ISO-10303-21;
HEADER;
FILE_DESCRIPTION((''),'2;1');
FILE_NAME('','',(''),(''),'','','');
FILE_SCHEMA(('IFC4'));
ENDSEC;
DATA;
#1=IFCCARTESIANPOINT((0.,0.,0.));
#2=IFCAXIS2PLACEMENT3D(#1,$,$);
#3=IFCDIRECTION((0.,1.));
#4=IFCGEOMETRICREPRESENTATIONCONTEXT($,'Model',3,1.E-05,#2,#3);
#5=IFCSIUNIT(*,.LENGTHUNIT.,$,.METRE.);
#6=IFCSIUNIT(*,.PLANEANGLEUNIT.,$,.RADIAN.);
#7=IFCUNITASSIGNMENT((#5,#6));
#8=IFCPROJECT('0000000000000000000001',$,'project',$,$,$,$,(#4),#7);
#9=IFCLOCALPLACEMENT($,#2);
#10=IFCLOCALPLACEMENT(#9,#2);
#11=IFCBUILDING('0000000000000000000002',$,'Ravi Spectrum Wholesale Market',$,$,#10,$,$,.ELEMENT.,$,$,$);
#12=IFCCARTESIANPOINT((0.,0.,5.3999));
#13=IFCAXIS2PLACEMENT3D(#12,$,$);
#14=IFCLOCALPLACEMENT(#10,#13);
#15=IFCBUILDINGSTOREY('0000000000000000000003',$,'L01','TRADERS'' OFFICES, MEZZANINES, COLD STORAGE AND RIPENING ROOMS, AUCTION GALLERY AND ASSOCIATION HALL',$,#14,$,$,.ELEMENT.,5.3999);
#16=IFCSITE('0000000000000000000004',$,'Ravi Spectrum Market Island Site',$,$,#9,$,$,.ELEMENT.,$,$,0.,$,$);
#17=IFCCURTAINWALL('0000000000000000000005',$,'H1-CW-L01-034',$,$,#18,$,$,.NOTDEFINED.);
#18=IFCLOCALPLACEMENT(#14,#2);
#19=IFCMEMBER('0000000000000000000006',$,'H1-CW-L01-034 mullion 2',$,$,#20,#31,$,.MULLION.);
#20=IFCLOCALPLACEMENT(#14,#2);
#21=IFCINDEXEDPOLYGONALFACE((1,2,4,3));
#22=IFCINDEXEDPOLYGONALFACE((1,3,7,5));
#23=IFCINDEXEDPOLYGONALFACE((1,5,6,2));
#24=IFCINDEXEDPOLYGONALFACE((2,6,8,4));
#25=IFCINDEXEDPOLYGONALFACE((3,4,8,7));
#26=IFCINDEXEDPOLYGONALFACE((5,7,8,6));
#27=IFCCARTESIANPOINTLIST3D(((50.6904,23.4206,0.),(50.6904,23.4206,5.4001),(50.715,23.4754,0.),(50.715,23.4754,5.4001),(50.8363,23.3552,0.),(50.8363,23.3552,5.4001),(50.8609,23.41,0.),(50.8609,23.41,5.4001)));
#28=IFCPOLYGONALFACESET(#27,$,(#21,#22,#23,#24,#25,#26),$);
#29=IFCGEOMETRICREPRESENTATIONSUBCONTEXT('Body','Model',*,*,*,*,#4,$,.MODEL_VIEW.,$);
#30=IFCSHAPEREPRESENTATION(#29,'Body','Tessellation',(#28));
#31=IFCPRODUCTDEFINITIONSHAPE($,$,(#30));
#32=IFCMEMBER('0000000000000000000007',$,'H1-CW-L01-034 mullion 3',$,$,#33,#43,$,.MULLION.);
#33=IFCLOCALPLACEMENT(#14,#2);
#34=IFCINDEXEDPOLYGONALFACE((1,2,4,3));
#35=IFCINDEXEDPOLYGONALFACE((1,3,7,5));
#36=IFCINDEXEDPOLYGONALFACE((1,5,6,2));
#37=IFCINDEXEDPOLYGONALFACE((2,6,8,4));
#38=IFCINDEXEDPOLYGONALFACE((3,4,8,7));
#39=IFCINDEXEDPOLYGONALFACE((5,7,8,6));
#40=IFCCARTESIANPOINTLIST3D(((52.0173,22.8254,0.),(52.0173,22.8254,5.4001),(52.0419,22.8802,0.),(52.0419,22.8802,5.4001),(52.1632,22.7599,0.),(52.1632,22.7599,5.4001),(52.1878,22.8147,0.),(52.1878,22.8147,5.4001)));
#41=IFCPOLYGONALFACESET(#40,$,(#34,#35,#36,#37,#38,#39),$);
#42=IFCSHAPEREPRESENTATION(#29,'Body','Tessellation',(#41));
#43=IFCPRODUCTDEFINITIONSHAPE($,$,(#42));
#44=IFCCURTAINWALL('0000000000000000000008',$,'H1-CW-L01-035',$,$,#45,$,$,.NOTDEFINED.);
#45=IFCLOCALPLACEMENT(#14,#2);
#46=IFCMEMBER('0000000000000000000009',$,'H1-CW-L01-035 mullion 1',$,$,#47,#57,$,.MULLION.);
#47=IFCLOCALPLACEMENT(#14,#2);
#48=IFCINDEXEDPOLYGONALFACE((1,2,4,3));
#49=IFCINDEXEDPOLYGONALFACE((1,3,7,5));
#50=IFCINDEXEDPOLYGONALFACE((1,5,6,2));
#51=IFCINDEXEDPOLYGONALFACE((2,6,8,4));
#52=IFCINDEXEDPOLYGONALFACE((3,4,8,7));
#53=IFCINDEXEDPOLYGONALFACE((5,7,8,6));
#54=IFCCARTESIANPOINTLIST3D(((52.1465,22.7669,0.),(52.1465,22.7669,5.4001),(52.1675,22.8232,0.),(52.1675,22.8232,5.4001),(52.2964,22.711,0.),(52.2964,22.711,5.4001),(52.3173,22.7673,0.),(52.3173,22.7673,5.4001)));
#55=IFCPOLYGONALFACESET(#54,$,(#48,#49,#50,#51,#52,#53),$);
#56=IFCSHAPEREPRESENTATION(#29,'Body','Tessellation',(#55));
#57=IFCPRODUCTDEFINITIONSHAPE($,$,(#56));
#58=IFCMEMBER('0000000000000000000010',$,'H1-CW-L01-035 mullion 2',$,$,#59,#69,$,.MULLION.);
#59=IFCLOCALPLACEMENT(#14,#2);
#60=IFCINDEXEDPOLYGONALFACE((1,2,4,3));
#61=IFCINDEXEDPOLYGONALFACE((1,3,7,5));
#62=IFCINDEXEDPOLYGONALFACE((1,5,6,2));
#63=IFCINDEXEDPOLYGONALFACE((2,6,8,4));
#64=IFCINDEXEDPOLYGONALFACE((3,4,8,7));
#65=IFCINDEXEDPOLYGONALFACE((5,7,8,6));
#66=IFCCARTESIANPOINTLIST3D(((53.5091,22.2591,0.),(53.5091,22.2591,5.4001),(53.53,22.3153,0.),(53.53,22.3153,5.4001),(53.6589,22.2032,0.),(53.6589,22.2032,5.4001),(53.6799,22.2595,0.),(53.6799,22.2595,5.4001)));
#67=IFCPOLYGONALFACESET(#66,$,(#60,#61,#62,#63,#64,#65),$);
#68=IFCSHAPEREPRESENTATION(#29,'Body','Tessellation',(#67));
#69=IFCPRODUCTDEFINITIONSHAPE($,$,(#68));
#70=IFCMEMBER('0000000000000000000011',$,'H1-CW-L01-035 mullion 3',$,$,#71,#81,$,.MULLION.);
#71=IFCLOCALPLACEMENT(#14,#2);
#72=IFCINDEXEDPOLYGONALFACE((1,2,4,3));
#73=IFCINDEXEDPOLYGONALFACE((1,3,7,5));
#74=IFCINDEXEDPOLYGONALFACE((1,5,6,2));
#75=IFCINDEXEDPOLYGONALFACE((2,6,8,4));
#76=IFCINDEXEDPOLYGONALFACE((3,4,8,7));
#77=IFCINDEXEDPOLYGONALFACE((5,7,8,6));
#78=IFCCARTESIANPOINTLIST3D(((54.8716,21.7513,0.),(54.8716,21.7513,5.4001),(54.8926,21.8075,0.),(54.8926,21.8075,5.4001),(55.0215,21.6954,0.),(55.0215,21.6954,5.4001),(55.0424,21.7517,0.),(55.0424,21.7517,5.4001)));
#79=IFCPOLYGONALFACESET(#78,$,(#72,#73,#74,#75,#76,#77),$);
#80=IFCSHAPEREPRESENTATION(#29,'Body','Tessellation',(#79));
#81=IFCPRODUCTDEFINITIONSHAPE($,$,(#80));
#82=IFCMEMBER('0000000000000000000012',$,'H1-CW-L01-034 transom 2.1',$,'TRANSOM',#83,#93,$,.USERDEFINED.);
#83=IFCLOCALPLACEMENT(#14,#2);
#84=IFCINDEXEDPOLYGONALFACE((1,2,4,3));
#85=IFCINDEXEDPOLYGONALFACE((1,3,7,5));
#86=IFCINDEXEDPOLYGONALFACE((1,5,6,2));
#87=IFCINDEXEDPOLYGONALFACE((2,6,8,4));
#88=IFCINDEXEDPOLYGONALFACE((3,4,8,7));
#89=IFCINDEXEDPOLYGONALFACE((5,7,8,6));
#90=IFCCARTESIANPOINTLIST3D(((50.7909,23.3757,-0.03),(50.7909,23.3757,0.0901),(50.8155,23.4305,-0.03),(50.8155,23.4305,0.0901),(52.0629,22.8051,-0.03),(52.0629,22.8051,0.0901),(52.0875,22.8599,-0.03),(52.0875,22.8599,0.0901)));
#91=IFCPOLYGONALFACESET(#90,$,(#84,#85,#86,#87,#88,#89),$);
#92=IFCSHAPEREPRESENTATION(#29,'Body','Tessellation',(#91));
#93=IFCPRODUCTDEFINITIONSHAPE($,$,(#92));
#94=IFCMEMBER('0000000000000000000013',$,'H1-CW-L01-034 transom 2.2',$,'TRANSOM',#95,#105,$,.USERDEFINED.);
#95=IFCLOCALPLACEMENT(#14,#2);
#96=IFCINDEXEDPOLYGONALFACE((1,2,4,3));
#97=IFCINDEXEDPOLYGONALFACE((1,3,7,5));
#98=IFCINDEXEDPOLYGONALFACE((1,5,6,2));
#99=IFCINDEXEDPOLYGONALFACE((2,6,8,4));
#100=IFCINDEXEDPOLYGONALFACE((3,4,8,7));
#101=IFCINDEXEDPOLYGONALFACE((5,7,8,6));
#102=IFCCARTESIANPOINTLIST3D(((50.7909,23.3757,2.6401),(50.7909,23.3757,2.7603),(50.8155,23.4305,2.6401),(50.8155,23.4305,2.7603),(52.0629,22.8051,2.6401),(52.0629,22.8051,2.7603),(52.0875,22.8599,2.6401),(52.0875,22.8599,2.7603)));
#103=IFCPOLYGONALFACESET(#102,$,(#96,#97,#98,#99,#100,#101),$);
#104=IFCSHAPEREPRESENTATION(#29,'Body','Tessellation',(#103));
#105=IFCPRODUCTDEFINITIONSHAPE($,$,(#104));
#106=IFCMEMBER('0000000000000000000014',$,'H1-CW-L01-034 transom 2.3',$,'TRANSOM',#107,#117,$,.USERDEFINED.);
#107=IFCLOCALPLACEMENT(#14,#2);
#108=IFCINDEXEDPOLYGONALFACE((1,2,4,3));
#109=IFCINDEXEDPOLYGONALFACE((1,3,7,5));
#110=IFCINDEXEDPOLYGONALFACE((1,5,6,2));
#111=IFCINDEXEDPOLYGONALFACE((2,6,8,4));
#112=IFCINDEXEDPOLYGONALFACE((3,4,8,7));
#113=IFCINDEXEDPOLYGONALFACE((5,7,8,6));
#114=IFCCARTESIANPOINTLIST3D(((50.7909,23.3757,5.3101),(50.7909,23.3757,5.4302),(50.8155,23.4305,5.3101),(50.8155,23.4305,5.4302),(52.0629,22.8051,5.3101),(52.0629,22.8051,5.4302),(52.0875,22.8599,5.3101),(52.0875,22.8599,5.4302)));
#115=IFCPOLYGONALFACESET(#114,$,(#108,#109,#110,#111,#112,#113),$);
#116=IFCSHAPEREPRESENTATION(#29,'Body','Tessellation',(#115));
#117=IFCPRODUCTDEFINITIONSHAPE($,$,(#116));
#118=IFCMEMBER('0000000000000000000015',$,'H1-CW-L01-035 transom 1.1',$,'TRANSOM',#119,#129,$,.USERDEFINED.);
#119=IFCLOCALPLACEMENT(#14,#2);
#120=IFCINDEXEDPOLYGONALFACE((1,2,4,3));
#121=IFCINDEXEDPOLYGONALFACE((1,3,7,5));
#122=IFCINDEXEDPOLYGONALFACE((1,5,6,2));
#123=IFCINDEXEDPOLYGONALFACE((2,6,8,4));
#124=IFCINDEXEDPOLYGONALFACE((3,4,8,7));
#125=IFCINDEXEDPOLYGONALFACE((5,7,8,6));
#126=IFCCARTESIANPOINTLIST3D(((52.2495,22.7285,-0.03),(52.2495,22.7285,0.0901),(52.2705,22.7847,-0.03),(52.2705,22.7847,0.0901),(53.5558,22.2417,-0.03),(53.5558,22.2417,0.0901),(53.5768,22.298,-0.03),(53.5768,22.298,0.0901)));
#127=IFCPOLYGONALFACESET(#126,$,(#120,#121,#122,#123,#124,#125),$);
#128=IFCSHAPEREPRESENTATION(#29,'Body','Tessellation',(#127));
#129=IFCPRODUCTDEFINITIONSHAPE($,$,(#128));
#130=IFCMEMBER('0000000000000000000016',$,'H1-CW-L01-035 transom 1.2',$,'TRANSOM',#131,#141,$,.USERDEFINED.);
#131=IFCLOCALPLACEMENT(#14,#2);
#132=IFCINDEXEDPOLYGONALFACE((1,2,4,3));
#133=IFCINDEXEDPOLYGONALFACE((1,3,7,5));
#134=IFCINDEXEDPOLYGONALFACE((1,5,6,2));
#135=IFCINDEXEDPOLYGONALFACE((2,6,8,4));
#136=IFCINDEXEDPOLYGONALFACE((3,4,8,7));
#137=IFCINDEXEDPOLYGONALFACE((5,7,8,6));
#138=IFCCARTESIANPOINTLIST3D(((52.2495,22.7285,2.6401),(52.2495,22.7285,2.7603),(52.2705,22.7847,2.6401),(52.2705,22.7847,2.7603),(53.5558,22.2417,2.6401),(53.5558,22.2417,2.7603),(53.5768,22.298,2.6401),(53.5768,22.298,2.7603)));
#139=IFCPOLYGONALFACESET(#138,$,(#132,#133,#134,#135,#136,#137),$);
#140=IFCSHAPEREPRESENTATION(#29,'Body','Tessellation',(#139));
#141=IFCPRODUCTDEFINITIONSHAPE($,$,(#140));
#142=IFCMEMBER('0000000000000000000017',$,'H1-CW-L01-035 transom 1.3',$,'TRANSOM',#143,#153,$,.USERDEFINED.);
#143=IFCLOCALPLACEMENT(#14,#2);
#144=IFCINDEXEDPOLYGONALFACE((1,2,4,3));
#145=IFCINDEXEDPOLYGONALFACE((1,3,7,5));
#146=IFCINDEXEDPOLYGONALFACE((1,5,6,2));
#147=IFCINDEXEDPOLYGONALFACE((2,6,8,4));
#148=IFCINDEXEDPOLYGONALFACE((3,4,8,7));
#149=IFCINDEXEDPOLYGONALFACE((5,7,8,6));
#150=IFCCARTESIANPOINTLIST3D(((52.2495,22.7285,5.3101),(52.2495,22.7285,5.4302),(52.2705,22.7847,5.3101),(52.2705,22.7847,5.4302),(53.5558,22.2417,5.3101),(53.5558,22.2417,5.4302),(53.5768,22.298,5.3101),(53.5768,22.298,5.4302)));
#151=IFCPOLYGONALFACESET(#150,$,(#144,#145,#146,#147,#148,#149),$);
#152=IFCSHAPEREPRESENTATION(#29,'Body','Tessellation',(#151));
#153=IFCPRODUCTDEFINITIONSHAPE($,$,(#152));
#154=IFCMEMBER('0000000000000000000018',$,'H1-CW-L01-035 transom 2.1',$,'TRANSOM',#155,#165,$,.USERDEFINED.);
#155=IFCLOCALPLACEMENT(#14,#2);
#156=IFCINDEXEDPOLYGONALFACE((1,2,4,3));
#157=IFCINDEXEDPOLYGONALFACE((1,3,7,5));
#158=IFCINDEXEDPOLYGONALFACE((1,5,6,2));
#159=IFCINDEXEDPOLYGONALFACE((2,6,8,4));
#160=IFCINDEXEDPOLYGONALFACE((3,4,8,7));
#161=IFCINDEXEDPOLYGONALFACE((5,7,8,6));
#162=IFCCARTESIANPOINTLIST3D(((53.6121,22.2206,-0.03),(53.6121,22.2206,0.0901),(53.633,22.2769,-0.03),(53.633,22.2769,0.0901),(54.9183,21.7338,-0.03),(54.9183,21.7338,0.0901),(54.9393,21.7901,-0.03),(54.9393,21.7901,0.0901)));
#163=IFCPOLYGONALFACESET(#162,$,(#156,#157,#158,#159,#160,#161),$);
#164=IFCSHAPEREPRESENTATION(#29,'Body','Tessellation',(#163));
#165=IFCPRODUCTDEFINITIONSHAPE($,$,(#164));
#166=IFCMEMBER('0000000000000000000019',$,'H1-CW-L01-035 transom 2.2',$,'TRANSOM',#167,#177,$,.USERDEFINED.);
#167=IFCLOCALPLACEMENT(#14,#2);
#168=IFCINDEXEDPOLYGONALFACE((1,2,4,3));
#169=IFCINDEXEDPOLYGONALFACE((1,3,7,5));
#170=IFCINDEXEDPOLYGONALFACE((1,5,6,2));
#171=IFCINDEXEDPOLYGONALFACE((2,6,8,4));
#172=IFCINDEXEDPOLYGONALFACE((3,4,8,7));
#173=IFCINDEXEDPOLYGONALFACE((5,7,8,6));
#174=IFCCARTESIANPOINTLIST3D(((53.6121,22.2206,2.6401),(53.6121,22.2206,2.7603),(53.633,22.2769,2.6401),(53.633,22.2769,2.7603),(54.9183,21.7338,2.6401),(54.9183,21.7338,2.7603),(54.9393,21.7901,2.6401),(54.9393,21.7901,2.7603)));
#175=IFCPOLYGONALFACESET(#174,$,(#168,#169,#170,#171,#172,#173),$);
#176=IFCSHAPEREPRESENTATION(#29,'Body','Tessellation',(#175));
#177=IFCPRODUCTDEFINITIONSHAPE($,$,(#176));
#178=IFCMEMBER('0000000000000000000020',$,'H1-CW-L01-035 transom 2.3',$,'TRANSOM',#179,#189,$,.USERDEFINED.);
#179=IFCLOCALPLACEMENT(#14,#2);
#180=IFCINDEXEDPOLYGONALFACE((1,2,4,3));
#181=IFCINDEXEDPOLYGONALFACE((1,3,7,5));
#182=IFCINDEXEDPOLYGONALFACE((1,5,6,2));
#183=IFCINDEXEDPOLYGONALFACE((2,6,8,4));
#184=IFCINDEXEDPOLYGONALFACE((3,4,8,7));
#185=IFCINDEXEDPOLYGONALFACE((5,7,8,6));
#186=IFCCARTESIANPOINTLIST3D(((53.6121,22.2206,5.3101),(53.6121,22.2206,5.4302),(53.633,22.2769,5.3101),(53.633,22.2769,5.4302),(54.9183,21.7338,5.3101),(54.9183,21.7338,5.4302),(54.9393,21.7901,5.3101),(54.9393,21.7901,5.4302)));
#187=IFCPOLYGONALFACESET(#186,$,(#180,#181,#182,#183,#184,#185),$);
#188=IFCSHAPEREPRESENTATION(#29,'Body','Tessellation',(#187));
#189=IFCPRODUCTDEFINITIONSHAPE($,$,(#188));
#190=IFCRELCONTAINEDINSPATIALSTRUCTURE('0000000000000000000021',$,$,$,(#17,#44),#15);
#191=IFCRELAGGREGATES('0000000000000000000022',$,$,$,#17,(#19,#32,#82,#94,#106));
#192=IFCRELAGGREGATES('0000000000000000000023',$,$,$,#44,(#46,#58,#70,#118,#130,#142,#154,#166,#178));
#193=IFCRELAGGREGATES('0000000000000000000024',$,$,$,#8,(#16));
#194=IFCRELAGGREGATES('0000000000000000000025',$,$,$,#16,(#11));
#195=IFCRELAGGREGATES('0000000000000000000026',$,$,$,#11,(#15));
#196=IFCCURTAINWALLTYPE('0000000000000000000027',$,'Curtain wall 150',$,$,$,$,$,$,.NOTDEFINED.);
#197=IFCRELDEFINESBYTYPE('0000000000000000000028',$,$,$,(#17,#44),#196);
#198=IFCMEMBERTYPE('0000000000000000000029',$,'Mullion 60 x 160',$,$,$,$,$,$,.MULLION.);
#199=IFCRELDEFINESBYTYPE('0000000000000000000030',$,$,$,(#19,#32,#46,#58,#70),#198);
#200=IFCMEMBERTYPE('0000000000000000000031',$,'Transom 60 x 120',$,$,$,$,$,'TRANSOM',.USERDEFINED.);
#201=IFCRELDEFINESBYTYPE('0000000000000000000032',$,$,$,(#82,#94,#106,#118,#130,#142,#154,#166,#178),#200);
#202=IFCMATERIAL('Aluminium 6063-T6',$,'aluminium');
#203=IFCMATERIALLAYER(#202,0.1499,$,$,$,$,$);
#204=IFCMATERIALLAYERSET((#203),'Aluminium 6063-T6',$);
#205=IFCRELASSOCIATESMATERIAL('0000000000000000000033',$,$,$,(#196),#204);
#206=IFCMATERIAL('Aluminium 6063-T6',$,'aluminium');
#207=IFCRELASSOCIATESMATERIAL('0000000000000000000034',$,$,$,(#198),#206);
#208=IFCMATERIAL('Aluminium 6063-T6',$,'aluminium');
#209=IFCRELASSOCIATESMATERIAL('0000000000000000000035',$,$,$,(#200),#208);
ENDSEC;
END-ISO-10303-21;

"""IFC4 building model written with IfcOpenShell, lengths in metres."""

from ifc_helpers import new_model, si_unit, direction, frame, origin, origin_2d, place, context, subcontext, project, spatial, rectangle, extrude, material, layer, layer_set, material_profile, profile_set, type_object, element, aggregate, save


model = new_model("IFC4")

# Units and contexts
model_context = context("Model", 3, precision=1e-05, world=origin(), true_north=direction((0.0, 1.0)))
body_context = subcontext(model_context, "Body", "Model", "MODEL_VIEW")
ifc_project = project(units=[si_unit("LENGTHUNIT", "METRE"), si_unit("PLANEANGLEUNIT", "RADIAN")], contexts=[model_context])

# Site, building, storey
site_placement = place(None, origin())
site = spatial("IfcSite", under=ifc_project, at=site_placement, Name="Ravi Spectrum Market Island Site", CompositionType="ELEMENT", RefElevation=0.0)
building_placement = place(site_placement, origin())
building = spatial("IfcBuilding", under=site, at=building_placement, Name="Ravi Spectrum Wholesale Market", CompositionType="ELEMENT")
storey_placement = place(building_placement, frame((0.0, 0.0, 5.3999)))
storey = spatial("IfcBuildingStorey", under=building, at=storey_placement, Name="L01", Description="TRADERS' OFFICES, MEZZANINES, COLD STORAGE AND RIPENING ROOMS, AUCTION GALLERY AND ASSOCIATION HALL", CompositionType="ELEMENT", Elevation=5.3999)

# Curtain walls, members
ifc_material_1 = material(Name="Aluminium 6063-T6", Category="aluminium")
ifc_layer_1 = layer(ifc_material_1, 0.1499)
ifc_layer_set_1 = layer_set([ifc_layer_1], Name="Aluminium 6063-T6")
curtain_wall_type = type_object("IfcCurtainWallType", Name="Curtain wall 150", PredefinedType="NOTDEFINED", material=ifc_layer_set_1)
curtain_wall_1_placement = place(storey_placement, origin())
curtain_wall_1 = element("IfcCurtainWall", 1, at=curtain_wall_1_placement, inside=storey, type_object=curtain_wall_type, Name="H1-CW-L01-034", PredefinedType="NOTDEFINED")
ifc_material_2 = material(Name="Aluminium 6063-T6", Category="aluminium")
ifc_material_profile_1 = material_profile(ifc_material_2, rectangle(XDim=0.0601, YDim=0.1599, at=origin_2d()))
ifc_profile_set_1 = profile_set([ifc_material_profile_1], Name="Aluminium 6063-T6")
member_type_1 = type_object("IfcMemberType", Name="Mullion 60 x 160", PredefinedType="MULLION", material=ifc_profile_set_1)
member_1_placement = place(storey_placement, frame((50.7756, 23.4153, 0.0), z_axis=(0.0, 0.0, 1.0), x_axis=(0.409242, 0.912426, 0.0)))
member_1 = element("IfcMember", 2, at=member_1_placement, type_object=member_type_1, Name="H1-CW-L01-034 mullion 2", PredefinedType="MULLION", context=body_context, shape_type="SweptSolid", body=[
    extrude(rectangle(XDim=0.0601, YDim=0.1599, at=origin_2d()), origin(), (0.0, 0.0, 1.0), 5.4001),
])
member_2_placement = place(storey_placement, frame((52.1025, 22.8201, 0.0), z_axis=(0.0, 0.0, 1.0), x_axis=(0.409242, 0.912426, 0.0)))
member_2 = element("IfcMember", 3, at=member_2_placement, type_object=member_type_1, Name="H1-CW-L01-034 mullion 3", PredefinedType="MULLION", context=body_context, shape_type="SweptSolid", body=[
    extrude(rectangle(XDim=0.0601, YDim=0.1599, at=origin_2d()), origin(), (0.0, 0.0, 1.0), 5.4001),
])
curtain_wall_2_placement = place(storey_placement, origin())
curtain_wall_2 = element("IfcCurtainWall", 4, at=curtain_wall_2_placement, inside=storey, type_object=curtain_wall_type, Name="H1-CW-L01-035", PredefinedType="NOTDEFINED")
member_3_placement = place(storey_placement, frame((52.2319, 22.7671, 0.0), z_axis=(0.0, 0.0, 1.0), x_axis=(0.349238, 0.937034, 0.0)))
member_3 = element("IfcMember", 5, at=member_3_placement, type_object=member_type_1, Name="H1-CW-L01-035 mullion 1", PredefinedType="MULLION", context=body_context, shape_type="SweptSolid", body=[
    extrude(rectangle(XDim=0.0601, YDim=0.1599, at=origin_2d()), origin(), (0.0, 0.0, 1.0), 5.4001),
])
member_4_placement = place(storey_placement, frame((53.5945, 22.2593, 0.0), z_axis=(0.0, 0.0, 1.0), x_axis=(0.349238, 0.937034, 0.0)))
member_4 = element("IfcMember", 6, at=member_4_placement, type_object=member_type_1, Name="H1-CW-L01-035 mullion 2", PredefinedType="MULLION", context=body_context, shape_type="SweptSolid", body=[
    extrude(rectangle(XDim=0.0601, YDim=0.1599, at=origin_2d()), origin(), (0.0, 0.0, 1.0), 5.4001),
])
member_5_placement = place(storey_placement, frame((54.957, 21.7515, 0.0), z_axis=(0.0, 0.0, 1.0), x_axis=(0.349238, 0.937034, 0.0)))
member_5 = element("IfcMember", 7, at=member_5_placement, type_object=member_type_1, Name="H1-CW-L01-035 mullion 3", PredefinedType="MULLION", context=body_context, shape_type="SweptSolid", body=[
    extrude(rectangle(XDim=0.0601, YDim=0.1599, at=origin_2d()), origin(), (0.0, 0.0, 1.0), 5.4001),
])

# Members
ifc_material_3 = material(Name="Aluminium 6063-T6", Category="aluminium")
ifc_material_profile_2 = material_profile(ifc_material_3, rectangle(XDim=0.0601, YDim=0.1201, at=origin_2d()))
ifc_profile_set_2 = profile_set([ifc_material_profile_2], Name="Aluminium 6063-T6")
member_type_2 = type_object("IfcMemberType", Name="Transom 60 x 120", ElementType="TRANSOM", PredefinedType="USERDEFINED", material=ifc_profile_set_2)
member_6_placement = place(storey_placement, frame((50.8032, 23.4031, 0.03), z_axis=(0.912412, -0.409272, 0.0), x_axis=(0.409272, 0.912412, 0.0)))
member_6 = element("IfcMember", 8, at=member_6_placement, type_object=member_type_2, Name="H1-CW-L01-034 transom 2.1", ObjectType="TRANSOM", PredefinedType="USERDEFINED", context=body_context, shape_type="SweptSolid", body=[
    extrude(rectangle(XDim=0.0601, YDim=0.1201, at=origin_2d()), origin(), (0.0, 0.0, 1.0), 1.394),
])
member_7_placement = place(storey_placement, frame((50.8032, 23.4031, 2.7002), z_axis=(0.912412, -0.409272, 0.0), x_axis=(0.409272, 0.912412, 0.0)))
member_7 = element("IfcMember", 9, at=member_7_placement, type_object=member_type_2, Name="H1-CW-L01-034 transom 2.2", ObjectType="TRANSOM", PredefinedType="USERDEFINED", context=body_context, shape_type="SweptSolid", body=[
    extrude(rectangle(XDim=0.0601, YDim=0.1201, at=origin_2d()), origin(), (0.0, 0.0, 1.0), 1.394),
])
member_8_placement = place(storey_placement, frame((50.8032, 23.4031, 5.3701), z_axis=(0.912412, -0.409272, 0.0), x_axis=(0.409272, 0.912412, 0.0)))
member_8 = element("IfcMember", 10, at=member_8_placement, type_object=member_type_2, Name="H1-CW-L01-034 transom 2.3", ObjectType="TRANSOM", PredefinedType="USERDEFINED", context=body_context, shape_type="SweptSolid", body=[
    extrude(rectangle(XDim=0.0601, YDim=0.1201, at=origin_2d()), origin(), (0.0, 0.0, 1.0), 1.394),
])
member_9_placement = place(storey_placement, frame((52.26, 22.7566, 0.03), z_axis=(0.937054, -0.349184, 0.0), x_axis=(0.349184, 0.937054, 0.0)))
member_9 = element("IfcMember", 11, at=member_9_placement, type_object=member_type_2, Name="H1-CW-L01-035 transom 1.1", ObjectType="TRANSOM", PredefinedType="USERDEFINED", context=body_context, shape_type="SweptSolid", body=[
    extrude(rectangle(XDim=0.0601, YDim=0.1201, at=origin_2d()), origin(), (0.0, 0.0, 1.0), 1.394),
])
member_10_placement = place(storey_placement, frame((52.26, 22.7566, 2.7002), z_axis=(0.937054, -0.349184, 0.0), x_axis=(0.349184, 0.937054, 0.0)))
member_10 = element("IfcMember", 12, at=member_10_placement, type_object=member_type_2, Name="H1-CW-L01-035 transom 1.2", ObjectType="TRANSOM", PredefinedType="USERDEFINED", context=body_context, shape_type="SweptSolid", body=[
    extrude(rectangle(XDim=0.0601, YDim=0.1201, at=origin_2d()), origin(), (0.0, 0.0, 1.0), 1.394),
])
member_11_placement = place(storey_placement, frame((52.26, 22.7566, 5.3701), z_axis=(0.937054, -0.349184, 0.0), x_axis=(0.349184, 0.937054, 0.0)))
member_11 = element("IfcMember", 13, at=member_11_placement, type_object=member_type_2, Name="H1-CW-L01-035 transom 1.3", ObjectType="TRANSOM", PredefinedType="USERDEFINED", context=body_context, shape_type="SweptSolid", body=[
    extrude(rectangle(XDim=0.0601, YDim=0.1201, at=origin_2d()), origin(), (0.0, 0.0, 1.0), 1.394),
])
member_12_placement = place(storey_placement, frame((53.6226, 22.2488, 0.03), z_axis=(0.937033, -0.349242, 0.0), x_axis=(0.349242, 0.937033, 0.0)))
member_12 = element("IfcMember", 14, at=member_12_placement, type_object=member_type_2, Name="H1-CW-L01-035 transom 2.1", ObjectType="TRANSOM", PredefinedType="USERDEFINED", context=body_context, shape_type="SweptSolid", body=[
    extrude(rectangle(XDim=0.0601, YDim=0.1201, at=origin_2d()), origin(), (0.0, 0.0, 1.0), 1.394),
])
member_13_placement = place(storey_placement, frame((53.6226, 22.2488, 2.7002), z_axis=(0.937033, -0.349242, 0.0), x_axis=(0.349242, 0.937033, 0.0)))
member_13 = element("IfcMember", 15, at=member_13_placement, type_object=member_type_2, Name="H1-CW-L01-035 transom 2.2", ObjectType="TRANSOM", PredefinedType="USERDEFINED", context=body_context, shape_type="SweptSolid", body=[
    extrude(rectangle(XDim=0.0601, YDim=0.1201, at=origin_2d()), origin(), (0.0, 0.0, 1.0), 1.394),
])
member_14_placement = place(storey_placement, frame((53.6226, 22.2488, 5.3701), z_axis=(0.937033, -0.349242, 0.0), x_axis=(0.349242, 0.937033, 0.0)))
member_14 = element("IfcMember", 16, at=member_14_placement, type_object=member_type_2, Name="H1-CW-L01-035 transom 2.3", ObjectType="TRANSOM", PredefinedType="USERDEFINED", context=body_context, shape_type="SweptSolid", body=[
    extrude(rectangle(XDim=0.0601, YDim=0.1201, at=origin_2d()), origin(), (0.0, 0.0, 1.0), 1.394),
])

aggregate(curtain_wall_1, [member_1, member_2, member_6, member_7, member_8])
aggregate(curtain_wall_2, [member_3, member_4, member_5, member_9, member_10, member_11, member_12, member_13, member_14])

save(model, "model.ifc")
